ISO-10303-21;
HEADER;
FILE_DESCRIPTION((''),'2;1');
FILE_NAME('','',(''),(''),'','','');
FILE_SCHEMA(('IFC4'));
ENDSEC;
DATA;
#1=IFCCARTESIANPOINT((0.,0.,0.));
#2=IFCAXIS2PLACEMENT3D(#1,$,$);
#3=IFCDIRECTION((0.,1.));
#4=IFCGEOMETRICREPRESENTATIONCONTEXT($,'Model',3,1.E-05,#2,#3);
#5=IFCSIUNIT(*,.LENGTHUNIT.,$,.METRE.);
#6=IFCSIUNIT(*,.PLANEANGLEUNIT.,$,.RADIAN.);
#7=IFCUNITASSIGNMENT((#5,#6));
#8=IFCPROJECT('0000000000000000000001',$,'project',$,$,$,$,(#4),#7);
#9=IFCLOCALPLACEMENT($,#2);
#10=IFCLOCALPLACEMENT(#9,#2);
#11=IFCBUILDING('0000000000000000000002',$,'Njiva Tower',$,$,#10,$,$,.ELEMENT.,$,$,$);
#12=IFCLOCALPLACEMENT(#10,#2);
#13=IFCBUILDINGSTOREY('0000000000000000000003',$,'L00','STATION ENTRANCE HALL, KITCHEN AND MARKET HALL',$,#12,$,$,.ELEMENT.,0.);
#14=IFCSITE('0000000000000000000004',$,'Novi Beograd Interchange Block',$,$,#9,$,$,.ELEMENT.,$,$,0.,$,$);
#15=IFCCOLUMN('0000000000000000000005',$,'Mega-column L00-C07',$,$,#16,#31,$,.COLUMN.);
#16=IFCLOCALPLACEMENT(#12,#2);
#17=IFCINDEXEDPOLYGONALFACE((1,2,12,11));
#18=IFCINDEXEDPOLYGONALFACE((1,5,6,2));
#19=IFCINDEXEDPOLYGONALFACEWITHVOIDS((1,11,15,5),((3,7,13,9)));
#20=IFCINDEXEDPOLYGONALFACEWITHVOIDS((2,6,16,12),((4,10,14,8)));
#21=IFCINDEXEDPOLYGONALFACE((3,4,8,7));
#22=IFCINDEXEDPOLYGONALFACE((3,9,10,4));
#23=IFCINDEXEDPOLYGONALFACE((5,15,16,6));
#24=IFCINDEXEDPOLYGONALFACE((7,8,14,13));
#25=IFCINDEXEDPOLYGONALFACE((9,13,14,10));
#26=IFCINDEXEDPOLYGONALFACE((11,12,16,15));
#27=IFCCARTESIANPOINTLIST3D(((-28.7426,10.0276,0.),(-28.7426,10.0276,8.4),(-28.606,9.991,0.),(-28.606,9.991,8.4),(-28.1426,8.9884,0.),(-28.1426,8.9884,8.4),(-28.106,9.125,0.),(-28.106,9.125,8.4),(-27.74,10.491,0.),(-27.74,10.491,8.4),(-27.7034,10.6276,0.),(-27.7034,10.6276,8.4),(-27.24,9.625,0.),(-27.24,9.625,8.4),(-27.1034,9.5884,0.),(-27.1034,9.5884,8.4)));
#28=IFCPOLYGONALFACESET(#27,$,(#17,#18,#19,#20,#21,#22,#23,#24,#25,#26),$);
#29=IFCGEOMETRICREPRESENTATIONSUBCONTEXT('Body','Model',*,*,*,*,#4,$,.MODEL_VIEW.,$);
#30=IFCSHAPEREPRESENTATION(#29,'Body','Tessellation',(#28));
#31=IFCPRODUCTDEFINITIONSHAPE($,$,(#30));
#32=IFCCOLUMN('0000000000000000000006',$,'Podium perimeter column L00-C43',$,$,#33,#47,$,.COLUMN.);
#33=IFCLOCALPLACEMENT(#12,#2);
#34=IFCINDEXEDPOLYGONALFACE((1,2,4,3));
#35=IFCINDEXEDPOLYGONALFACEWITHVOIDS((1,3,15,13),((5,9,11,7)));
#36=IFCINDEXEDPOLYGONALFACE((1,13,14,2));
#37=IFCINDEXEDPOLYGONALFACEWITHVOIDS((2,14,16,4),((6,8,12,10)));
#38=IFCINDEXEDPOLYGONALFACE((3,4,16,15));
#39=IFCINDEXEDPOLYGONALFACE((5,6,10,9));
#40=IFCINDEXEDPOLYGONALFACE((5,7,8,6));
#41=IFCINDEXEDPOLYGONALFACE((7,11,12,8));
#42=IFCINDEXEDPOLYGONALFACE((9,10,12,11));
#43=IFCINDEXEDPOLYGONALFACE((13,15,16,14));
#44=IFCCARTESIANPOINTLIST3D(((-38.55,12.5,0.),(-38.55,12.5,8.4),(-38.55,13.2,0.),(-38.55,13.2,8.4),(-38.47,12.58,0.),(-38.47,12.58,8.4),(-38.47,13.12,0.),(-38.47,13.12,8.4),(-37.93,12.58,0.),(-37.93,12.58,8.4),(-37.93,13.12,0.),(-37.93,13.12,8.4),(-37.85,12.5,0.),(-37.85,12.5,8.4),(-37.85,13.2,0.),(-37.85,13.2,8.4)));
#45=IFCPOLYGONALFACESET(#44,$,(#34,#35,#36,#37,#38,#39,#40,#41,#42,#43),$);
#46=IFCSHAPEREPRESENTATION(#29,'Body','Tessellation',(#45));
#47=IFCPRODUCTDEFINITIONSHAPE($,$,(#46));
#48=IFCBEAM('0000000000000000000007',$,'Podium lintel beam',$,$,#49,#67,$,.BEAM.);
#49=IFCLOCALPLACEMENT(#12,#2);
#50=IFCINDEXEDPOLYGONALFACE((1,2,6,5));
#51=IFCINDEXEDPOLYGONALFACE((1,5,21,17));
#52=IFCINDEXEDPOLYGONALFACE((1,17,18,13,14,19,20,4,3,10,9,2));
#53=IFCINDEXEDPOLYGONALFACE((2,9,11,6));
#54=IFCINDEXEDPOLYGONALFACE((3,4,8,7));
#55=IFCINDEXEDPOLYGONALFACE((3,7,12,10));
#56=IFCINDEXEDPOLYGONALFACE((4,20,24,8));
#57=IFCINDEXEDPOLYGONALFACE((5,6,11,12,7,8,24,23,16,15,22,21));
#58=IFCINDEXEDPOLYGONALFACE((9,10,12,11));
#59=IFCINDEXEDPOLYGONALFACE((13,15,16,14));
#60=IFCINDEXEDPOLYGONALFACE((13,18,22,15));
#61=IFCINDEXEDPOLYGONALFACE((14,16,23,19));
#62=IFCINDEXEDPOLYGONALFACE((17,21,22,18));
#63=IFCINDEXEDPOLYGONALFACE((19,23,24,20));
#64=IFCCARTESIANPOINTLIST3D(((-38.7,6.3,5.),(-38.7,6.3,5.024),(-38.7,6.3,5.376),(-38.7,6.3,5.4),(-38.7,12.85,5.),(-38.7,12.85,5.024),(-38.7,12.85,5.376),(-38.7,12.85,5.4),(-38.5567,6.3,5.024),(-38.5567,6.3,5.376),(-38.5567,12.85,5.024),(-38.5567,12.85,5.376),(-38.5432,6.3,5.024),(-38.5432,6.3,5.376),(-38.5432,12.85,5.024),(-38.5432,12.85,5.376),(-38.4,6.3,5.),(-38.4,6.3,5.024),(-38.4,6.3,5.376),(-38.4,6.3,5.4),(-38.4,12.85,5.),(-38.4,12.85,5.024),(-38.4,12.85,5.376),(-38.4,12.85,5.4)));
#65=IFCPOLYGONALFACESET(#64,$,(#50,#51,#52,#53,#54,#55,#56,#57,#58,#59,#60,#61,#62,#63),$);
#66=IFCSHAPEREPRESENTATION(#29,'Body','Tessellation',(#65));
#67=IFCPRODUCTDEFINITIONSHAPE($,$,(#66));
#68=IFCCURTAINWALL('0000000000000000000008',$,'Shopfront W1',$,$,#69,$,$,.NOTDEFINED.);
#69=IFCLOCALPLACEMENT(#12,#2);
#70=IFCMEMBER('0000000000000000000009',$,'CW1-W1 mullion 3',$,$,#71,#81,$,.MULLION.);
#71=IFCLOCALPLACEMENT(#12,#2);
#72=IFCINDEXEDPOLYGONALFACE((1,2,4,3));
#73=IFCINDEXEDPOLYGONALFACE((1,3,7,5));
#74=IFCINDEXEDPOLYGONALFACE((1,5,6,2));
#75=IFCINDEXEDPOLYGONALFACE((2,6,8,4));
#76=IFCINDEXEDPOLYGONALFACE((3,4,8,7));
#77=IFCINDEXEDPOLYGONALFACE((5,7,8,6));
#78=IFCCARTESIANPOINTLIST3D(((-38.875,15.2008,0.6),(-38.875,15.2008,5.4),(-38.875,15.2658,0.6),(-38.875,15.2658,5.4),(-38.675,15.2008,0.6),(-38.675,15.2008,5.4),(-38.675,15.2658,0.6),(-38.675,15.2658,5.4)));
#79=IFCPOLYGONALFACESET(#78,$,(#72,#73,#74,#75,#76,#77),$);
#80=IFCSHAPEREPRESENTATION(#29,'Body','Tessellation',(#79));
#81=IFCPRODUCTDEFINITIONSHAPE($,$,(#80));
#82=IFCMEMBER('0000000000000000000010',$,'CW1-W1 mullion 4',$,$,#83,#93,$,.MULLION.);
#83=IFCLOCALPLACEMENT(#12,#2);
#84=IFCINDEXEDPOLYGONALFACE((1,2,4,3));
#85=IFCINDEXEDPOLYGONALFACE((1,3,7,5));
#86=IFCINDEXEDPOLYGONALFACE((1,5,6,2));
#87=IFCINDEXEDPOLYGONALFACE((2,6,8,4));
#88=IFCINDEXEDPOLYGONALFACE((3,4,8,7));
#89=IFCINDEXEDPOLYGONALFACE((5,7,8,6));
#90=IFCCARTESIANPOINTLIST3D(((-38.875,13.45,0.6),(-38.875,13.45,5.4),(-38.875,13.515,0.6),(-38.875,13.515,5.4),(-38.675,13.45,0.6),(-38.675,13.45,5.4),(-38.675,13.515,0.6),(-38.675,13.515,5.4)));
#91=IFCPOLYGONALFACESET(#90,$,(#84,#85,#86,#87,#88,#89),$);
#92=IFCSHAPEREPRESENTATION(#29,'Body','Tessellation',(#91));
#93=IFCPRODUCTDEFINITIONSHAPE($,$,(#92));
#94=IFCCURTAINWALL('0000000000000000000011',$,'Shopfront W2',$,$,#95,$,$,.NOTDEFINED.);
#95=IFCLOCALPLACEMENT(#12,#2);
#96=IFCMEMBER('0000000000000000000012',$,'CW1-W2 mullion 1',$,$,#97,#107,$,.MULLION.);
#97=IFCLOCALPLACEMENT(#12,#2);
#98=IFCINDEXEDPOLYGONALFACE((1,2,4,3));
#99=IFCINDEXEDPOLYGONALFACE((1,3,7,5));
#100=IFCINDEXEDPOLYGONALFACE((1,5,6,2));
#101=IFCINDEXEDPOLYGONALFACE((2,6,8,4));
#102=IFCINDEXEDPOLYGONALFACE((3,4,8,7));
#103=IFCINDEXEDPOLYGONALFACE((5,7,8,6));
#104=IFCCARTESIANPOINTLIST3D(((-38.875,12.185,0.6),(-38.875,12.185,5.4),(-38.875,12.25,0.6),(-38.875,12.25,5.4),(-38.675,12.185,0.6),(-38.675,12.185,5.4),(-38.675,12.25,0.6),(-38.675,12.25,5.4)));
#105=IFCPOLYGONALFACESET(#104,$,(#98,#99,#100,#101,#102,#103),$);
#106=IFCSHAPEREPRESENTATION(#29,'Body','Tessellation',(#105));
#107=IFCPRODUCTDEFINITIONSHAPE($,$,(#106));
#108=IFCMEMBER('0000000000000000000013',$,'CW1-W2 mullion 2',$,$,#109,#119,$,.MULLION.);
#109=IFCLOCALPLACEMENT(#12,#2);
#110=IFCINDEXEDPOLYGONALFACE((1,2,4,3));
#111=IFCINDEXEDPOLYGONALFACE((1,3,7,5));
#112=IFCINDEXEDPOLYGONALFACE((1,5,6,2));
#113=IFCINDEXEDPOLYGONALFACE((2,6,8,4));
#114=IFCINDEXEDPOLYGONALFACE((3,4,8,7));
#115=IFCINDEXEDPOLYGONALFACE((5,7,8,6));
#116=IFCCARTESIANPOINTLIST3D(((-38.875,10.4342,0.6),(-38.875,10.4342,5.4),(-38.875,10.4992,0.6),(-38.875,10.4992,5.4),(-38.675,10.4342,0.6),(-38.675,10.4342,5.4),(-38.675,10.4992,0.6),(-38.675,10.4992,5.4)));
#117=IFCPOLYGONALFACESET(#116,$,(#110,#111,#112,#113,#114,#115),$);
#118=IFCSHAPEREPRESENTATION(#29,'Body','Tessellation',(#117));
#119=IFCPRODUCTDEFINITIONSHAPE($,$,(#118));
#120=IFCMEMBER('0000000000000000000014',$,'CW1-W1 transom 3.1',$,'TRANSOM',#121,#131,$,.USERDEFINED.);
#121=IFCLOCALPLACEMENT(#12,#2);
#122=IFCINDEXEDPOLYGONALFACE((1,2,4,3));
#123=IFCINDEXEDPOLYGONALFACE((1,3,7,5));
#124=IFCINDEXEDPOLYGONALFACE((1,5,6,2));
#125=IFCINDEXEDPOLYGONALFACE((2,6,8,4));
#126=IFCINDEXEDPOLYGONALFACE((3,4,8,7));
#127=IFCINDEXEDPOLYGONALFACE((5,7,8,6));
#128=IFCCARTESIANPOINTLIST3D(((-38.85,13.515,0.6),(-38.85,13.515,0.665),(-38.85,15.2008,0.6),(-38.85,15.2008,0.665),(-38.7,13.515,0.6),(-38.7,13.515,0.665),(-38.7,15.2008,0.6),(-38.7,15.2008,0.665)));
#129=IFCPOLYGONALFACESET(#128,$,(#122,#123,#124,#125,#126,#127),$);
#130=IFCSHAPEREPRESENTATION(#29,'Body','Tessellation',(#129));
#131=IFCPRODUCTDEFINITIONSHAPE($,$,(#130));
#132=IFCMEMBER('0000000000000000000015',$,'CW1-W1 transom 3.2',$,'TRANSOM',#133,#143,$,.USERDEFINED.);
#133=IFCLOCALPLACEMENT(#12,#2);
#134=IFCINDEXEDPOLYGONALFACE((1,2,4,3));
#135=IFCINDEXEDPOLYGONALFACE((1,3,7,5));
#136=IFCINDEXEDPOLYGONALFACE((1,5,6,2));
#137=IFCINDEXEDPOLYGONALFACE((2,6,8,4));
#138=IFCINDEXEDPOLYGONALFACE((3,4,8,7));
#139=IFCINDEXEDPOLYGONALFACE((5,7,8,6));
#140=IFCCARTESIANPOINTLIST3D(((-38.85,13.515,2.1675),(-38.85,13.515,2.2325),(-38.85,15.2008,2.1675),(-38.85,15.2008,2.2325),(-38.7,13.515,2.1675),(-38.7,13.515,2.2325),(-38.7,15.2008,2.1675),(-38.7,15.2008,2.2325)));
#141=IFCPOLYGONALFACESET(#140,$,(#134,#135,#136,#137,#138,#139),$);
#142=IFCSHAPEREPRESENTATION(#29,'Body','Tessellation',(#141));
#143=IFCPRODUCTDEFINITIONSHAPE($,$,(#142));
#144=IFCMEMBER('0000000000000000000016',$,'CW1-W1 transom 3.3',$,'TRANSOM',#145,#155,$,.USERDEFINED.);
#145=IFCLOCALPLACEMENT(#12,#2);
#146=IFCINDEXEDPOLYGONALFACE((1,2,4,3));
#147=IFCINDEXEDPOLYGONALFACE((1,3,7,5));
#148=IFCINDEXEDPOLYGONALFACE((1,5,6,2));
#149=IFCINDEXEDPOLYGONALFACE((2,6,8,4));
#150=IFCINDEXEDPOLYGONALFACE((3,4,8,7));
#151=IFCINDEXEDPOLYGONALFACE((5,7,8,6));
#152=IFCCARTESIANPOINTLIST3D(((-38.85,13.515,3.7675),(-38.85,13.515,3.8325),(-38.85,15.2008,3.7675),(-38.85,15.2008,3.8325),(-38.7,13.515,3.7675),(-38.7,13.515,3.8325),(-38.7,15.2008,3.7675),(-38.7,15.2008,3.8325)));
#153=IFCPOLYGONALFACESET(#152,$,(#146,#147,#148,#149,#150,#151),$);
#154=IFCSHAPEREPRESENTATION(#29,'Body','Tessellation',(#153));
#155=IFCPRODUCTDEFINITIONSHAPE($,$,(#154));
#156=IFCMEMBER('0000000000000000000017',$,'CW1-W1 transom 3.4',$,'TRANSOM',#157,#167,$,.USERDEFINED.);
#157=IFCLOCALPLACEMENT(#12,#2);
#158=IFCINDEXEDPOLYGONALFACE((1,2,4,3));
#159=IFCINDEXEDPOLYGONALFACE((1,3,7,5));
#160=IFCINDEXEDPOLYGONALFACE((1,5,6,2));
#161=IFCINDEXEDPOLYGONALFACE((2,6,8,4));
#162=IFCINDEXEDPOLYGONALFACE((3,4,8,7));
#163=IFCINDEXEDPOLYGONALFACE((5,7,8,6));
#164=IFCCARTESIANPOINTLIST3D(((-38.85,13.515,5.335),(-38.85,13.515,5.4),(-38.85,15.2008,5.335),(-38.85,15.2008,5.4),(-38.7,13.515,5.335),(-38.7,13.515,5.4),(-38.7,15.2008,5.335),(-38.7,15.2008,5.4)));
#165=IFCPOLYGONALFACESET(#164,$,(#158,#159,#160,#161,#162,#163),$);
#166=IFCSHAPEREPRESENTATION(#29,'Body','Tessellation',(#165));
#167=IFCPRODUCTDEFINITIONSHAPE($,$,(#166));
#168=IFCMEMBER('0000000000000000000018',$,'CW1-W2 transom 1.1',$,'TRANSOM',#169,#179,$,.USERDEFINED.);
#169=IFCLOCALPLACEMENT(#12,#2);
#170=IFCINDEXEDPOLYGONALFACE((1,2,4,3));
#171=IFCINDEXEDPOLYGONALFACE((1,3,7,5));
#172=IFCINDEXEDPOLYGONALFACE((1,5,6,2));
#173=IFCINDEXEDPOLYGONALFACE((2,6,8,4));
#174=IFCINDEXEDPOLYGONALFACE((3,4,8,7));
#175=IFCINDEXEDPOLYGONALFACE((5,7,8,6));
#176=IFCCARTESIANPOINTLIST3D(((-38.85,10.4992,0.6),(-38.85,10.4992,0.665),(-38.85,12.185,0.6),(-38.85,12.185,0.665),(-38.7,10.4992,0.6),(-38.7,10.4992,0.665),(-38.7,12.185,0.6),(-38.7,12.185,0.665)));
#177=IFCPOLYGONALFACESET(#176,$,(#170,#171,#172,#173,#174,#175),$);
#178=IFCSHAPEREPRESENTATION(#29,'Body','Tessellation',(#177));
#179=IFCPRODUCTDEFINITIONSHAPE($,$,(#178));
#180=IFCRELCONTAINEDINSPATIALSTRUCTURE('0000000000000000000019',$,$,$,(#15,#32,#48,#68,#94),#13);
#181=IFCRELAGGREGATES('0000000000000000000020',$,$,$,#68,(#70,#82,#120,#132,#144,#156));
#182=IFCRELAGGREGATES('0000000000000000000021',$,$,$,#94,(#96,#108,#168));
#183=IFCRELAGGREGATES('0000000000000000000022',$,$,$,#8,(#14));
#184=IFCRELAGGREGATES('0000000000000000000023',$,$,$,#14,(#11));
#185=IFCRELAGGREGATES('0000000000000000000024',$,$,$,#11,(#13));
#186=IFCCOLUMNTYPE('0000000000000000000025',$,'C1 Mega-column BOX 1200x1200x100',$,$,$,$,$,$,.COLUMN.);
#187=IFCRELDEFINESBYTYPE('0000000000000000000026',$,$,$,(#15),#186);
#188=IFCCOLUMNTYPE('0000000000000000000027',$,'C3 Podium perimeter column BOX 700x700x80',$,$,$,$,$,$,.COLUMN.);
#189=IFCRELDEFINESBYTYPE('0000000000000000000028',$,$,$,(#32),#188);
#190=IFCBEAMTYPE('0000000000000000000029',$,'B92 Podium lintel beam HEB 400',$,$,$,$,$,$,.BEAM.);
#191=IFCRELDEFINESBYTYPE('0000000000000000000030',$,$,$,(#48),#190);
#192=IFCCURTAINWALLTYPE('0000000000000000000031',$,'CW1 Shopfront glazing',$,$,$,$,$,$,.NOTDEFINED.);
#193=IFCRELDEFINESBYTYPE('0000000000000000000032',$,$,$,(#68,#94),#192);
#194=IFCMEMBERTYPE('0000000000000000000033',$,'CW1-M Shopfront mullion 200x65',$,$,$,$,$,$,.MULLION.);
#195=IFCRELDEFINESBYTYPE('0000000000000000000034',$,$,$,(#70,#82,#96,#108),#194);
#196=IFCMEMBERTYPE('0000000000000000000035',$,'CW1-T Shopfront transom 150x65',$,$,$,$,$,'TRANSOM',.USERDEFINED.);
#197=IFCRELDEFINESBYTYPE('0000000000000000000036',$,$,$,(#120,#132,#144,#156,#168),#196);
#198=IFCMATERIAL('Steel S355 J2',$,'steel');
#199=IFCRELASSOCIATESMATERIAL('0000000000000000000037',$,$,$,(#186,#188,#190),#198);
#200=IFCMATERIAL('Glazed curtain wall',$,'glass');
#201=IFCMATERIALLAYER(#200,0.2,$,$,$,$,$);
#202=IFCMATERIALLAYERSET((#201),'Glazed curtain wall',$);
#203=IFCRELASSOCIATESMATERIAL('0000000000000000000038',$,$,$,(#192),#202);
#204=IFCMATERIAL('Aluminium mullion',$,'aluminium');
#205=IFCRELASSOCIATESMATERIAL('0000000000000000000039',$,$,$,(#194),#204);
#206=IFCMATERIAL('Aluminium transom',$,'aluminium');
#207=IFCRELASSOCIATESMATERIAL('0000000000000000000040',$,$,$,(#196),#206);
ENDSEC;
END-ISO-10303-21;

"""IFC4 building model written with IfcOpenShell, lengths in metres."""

from ifc_helpers import new_model, si_unit, direction, frame, origin, origin_2d, place, context, subcontext, project, spatial, rectangle, hollow_rectangle, i_section, extrude, material, layer, layer_set, material_profile, profile_set, type_object, element, aggregate, save


model = new_model("IFC4")

# Units and contexts
model_context = context("Model", 3, precision=1e-05, world=origin(), true_north=direction((0.0, 1.0)))
body_context = subcontext(model_context, "Body", "Model", "MODEL_VIEW")
ifc_project = project(units=[si_unit("LENGTHUNIT", "METRE"), si_unit("PLANEANGLEUNIT", "RADIAN")], contexts=[model_context])

# Site, building, storey
site_placement = place(None, origin())
site = spatial("IfcSite", under=ifc_project, at=site_placement, Name="Novi Beograd Interchange Block", CompositionType="ELEMENT", RefElevation=0.0)
building_placement = place(site_placement, origin())
building = spatial("IfcBuilding", under=site, at=building_placement, Name="Njiva Tower", CompositionType="ELEMENT")
storey_placement = place(building_placement, origin())
storey = spatial("IfcBuildingStorey", under=building, at=storey_placement, Name="L00", Description="STATION ENTRANCE HALL, KITCHEN AND MARKET HALL", CompositionType="ELEMENT", Elevation=0.0)

# Columns
ifc_material_1 = material(Name="Steel S355 J2", Category="steel")
ifc_material_profile_1 = material_profile(ifc_material_1, hollow_rectangle(XDim=1.2, YDim=1.2, WallThickness=0.1, at=origin_2d()), Name="BOX 1200x1200x100")
ifc_profile_set_1 = profile_set([ifc_material_profile_1], Name="Steel S355 J2")
column_type_1 = type_object("IfcColumnType", Name="C1 Mega-column BOX 1200x1200x100", PredefinedType="COLUMN", material=ifc_profile_set_1)
column_1_placement = place(storey_placement, frame((-27.923, 9.808, 0.0), z_axis=(0.0, 0.0, 1.0), x_axis=(0.5, -0.866025, 0.0)))
element("IfcColumn", 1, at=column_1_placement, inside=storey, type_object=column_type_1, Name="Mega-column L00-C07", PredefinedType="COLUMN", context=body_context, shape_type="SweptSolid", body=[
    extrude(hollow_rectangle(XDim=1.2, YDim=1.2, WallThickness=0.1, at=origin_2d()), origin(), (0.0, 0.0, 1.0), 8.4),
])
ifc_material_profile_2 = material_profile(ifc_material_1, hollow_rectangle(XDim=0.7, YDim=0.7, WallThickness=0.08, at=origin_2d()), Name="BOX 700x700x80")
ifc_profile_set_2 = profile_set([ifc_material_profile_2], Name="Steel S355 J2")
column_type_2 = type_object("IfcColumnType", Name="C3 Podium perimeter column BOX 700x700x80", PredefinedType="COLUMN", material=ifc_profile_set_2)
column_2_placement = place(storey_placement, frame((-38.2, 12.85, 0.0), z_axis=(0.0, 0.0, 1.0), x_axis=(0.0, -1.0, 0.0)))
element("IfcColumn", 2, at=column_2_placement, inside=storey, type_object=column_type_2, Name="Podium perimeter column L00-C43", PredefinedType="COLUMN", context=body_context, shape_type="SweptSolid", body=[
    extrude(hollow_rectangle(XDim=0.7, YDim=0.7, WallThickness=0.08, at=origin_2d()), origin(), (0.0, 0.0, 1.0), 8.4),
])

# Beam
ifc_material_profile_3 = material_profile(ifc_material_1, i_section(OverallWidth=0.3, OverallDepth=0.4, WebThickness=0.0135, FlangeThickness=0.024, at=origin_2d()), Name="HEB400")
ifc_profile_set_3 = profile_set([ifc_material_profile_3], Name="Steel S355 J2")
beam_type = type_object("IfcBeamType", Name="B92 Podium lintel beam HEB 400", PredefinedType="BEAM", material=ifc_profile_set_3)
beam_placement = place(storey_placement, frame((-38.55, 12.85, 5.2), z_axis=(0.0, -1.0, 0.0), x_axis=(1.0, 0.0, 0.0)))
element("IfcBeam", 3, at=beam_placement, inside=storey, type_object=beam_type, Name="Podium lintel beam", PredefinedType="BEAM", context=body_context, shape_type="SweptSolid", body=[
    extrude(i_section(OverallWidth=0.3, OverallDepth=0.4, WebThickness=0.0135, FlangeThickness=0.024, at=origin_2d()), origin(), (0.0, 0.0, 1.0), 6.55),
])

# Curtain walls, members
ifc_material_2 = material(Name="Glazed curtain wall", Category="glass")
ifc_layer_1 = layer(ifc_material_2, 0.2)
ifc_layer_set_1 = layer_set([ifc_layer_1], Name="Glazed curtain wall")
curtain_wall_type = type_object("IfcCurtainWallType", Name="CW1 Shopfront glazing", PredefinedType="NOTDEFINED", material=ifc_layer_set_1)
curtain_wall_1_placement = place(storey_placement, origin())
curtain_wall_1 = element("IfcCurtainWall", 4, at=curtain_wall_1_placement, inside=storey, type_object=curtain_wall_type, Name="Shopfront W1", PredefinedType="NOTDEFINED")
ifc_material_3 = material(Name="Aluminium mullion", Category="aluminium")
ifc_material_profile_4 = material_profile(ifc_material_3, rectangle(XDim=0.2, YDim=0.065, at=origin_2d()), Name="RECT 200x65")
ifc_profile_set_4 = profile_set([ifc_material_profile_4], Name="Aluminium mullion")
member_type_1 = type_object("IfcMemberType", Name="CW1-M Shopfront mullion 200x65", PredefinedType="MULLION", material=ifc_profile_set_4)
member_1_placement = place(storey_placement, frame((-38.775, 15.2333, 0.6), z_axis=(0.0, 0.0, 1.0), x_axis=(1.0, 0.0, 0.0)))
member_1 = element("IfcMember", 5, at=member_1_placement, type_object=member_type_1, Name="CW1-W1 mullion 3", PredefinedType="MULLION", context=body_context, shape_type="SweptSolid", body=[
    extrude(rectangle(XDim=0.2, YDim=0.065, at=origin_2d()), origin(), (0.0, 0.0, 1.0), 4.8),
])
member_2_placement = place(storey_placement, frame((-38.775, 13.4825, 0.6), z_axis=(0.0, 0.0, 1.0), x_axis=(1.0, 0.0, 0.0)))
member_2 = element("IfcMember", 6, at=member_2_placement, type_object=member_type_1, Name="CW1-W1 mullion 4", PredefinedType="MULLION", context=body_context, shape_type="SweptSolid", body=[
    extrude(rectangle(XDim=0.2, YDim=0.065, at=origin_2d()), origin(), (0.0, 0.0, 1.0), 4.8),
])
curtain_wall_2_placement = place(storey_placement, origin())
curtain_wall_2 = element("IfcCurtainWall", 7, at=curtain_wall_2_placement, inside=storey, type_object=curtain_wall_type, Name="Shopfront W2", PredefinedType="NOTDEFINED")
member_3_placement = place(storey_placement, frame((-38.775, 12.2175, 0.6), z_axis=(0.0, 0.0, 1.0), x_axis=(1.0, 0.0, 0.0)))
member_3 = element("IfcMember", 8, at=member_3_placement, type_object=member_type_1, Name="CW1-W2 mullion 1", PredefinedType="MULLION", context=body_context, shape_type="SweptSolid", body=[
    extrude(rectangle(XDim=0.2, YDim=0.065, at=origin_2d()), origin(), (0.0, 0.0, 1.0), 4.8),
])
member_4_placement = place(storey_placement, frame((-38.775, 10.4667, 0.6), z_axis=(0.0, 0.0, 1.0), x_axis=(1.0, 0.0, 0.0)))
member_4 = element("IfcMember", 9, at=member_4_placement, type_object=member_type_1, Name="CW1-W2 mullion 2", PredefinedType="MULLION", context=body_context, shape_type="SweptSolid", body=[
    extrude(rectangle(XDim=0.2, YDim=0.065, at=origin_2d()), origin(), (0.0, 0.0, 1.0), 4.8),
])

# Members
ifc_material_4 = material(Name="Aluminium transom", Category="aluminium")
ifc_material_profile_5 = material_profile(ifc_material_4, rectangle(XDim=0.15, YDim=0.065, at=origin_2d()), Name="RECT 150x65")
ifc_profile_set_5 = profile_set([ifc_material_profile_5], Name="Aluminium transom")
member_type_2 = type_object("IfcMemberType", Name="CW1-T Shopfront transom 150x65", ElementType="TRANSOM", PredefinedType="USERDEFINED", material=ifc_profile_set_5)
member_5_placement = place(storey_placement, frame((-38.775, 15.2008, 0.6325), z_axis=(0.0, -1.0, 0.0), x_axis=(1.0, 0.0, 0.0)))
member_5 = element("IfcMember", 10, at=member_5_placement, type_object=member_type_2, Name="CW1-W1 transom 3.1", ObjectType="TRANSOM", PredefinedType="USERDEFINED", context=body_context, shape_type="SweptSolid", body=[
    extrude(rectangle(XDim=0.15, YDim=0.065, at=origin_2d()), origin(), (0.0, 0.0, 1.0), 1.6858),
])
member_6_placement = place(storey_placement, frame((-38.775, 15.2008, 2.2), z_axis=(0.0, -1.0, 0.0), x_axis=(1.0, 0.0, 0.0)))
member_6 = element("IfcMember", 11, at=member_6_placement, type_object=member_type_2, Name="CW1-W1 transom 3.2", ObjectType="TRANSOM", PredefinedType="USERDEFINED", context=body_context, shape_type="SweptSolid", body=[
    extrude(rectangle(XDim=0.15, YDim=0.065, at=origin_2d()), origin(), (0.0, 0.0, 1.0), 1.6858),
])
member_7_placement = place(storey_placement, frame((-38.775, 15.2008, 3.8), z_axis=(0.0, -1.0, 0.0), x_axis=(1.0, 0.0, 0.0)))
member_7 = element("IfcMember", 12, at=member_7_placement, type_object=member_type_2, Name="CW1-W1 transom 3.3", ObjectType="TRANSOM", PredefinedType="USERDEFINED", context=body_context, shape_type="SweptSolid", body=[
    extrude(rectangle(XDim=0.15, YDim=0.065, at=origin_2d()), origin(), (0.0, 0.0, 1.0), 1.6858),
])
member_8_placement = place(storey_placement, frame((-38.775, 15.2008, 5.3675), z_axis=(0.0, -1.0, 0.0), x_axis=(1.0, 0.0, 0.0)))
member_8 = element("IfcMember", 13, at=member_8_placement, type_object=member_type_2, Name="CW1-W1 transom 3.4", ObjectType="TRANSOM", PredefinedType="USERDEFINED", context=body_context, shape_type="SweptSolid", body=[
    extrude(rectangle(XDim=0.15, YDim=0.065, at=origin_2d()), origin(), (0.0, 0.0, 1.0), 1.6858),
])
member_9_placement = place(storey_placement, frame((-38.775, 12.185, 0.6325), z_axis=(0.0, -1.0, 0.0), x_axis=(1.0, 0.0, 0.0)))
member_9 = element("IfcMember", 14, at=member_9_placement, type_object=member_type_2, Name="CW1-W2 transom 1.1", ObjectType="TRANSOM", PredefinedType="USERDEFINED", context=body_context, shape_type="SweptSolid", body=[
    extrude(rectangle(XDim=0.15, YDim=0.065, at=origin_2d()), origin(), (0.0, 0.0, 1.0), 1.6858),
])

aggregate(curtain_wall_1, [member_1, member_2, member_5, member_6, member_7, member_8])
aggregate(curtain_wall_2, [member_3, member_4, member_9])

save(model, "model.ifc")
